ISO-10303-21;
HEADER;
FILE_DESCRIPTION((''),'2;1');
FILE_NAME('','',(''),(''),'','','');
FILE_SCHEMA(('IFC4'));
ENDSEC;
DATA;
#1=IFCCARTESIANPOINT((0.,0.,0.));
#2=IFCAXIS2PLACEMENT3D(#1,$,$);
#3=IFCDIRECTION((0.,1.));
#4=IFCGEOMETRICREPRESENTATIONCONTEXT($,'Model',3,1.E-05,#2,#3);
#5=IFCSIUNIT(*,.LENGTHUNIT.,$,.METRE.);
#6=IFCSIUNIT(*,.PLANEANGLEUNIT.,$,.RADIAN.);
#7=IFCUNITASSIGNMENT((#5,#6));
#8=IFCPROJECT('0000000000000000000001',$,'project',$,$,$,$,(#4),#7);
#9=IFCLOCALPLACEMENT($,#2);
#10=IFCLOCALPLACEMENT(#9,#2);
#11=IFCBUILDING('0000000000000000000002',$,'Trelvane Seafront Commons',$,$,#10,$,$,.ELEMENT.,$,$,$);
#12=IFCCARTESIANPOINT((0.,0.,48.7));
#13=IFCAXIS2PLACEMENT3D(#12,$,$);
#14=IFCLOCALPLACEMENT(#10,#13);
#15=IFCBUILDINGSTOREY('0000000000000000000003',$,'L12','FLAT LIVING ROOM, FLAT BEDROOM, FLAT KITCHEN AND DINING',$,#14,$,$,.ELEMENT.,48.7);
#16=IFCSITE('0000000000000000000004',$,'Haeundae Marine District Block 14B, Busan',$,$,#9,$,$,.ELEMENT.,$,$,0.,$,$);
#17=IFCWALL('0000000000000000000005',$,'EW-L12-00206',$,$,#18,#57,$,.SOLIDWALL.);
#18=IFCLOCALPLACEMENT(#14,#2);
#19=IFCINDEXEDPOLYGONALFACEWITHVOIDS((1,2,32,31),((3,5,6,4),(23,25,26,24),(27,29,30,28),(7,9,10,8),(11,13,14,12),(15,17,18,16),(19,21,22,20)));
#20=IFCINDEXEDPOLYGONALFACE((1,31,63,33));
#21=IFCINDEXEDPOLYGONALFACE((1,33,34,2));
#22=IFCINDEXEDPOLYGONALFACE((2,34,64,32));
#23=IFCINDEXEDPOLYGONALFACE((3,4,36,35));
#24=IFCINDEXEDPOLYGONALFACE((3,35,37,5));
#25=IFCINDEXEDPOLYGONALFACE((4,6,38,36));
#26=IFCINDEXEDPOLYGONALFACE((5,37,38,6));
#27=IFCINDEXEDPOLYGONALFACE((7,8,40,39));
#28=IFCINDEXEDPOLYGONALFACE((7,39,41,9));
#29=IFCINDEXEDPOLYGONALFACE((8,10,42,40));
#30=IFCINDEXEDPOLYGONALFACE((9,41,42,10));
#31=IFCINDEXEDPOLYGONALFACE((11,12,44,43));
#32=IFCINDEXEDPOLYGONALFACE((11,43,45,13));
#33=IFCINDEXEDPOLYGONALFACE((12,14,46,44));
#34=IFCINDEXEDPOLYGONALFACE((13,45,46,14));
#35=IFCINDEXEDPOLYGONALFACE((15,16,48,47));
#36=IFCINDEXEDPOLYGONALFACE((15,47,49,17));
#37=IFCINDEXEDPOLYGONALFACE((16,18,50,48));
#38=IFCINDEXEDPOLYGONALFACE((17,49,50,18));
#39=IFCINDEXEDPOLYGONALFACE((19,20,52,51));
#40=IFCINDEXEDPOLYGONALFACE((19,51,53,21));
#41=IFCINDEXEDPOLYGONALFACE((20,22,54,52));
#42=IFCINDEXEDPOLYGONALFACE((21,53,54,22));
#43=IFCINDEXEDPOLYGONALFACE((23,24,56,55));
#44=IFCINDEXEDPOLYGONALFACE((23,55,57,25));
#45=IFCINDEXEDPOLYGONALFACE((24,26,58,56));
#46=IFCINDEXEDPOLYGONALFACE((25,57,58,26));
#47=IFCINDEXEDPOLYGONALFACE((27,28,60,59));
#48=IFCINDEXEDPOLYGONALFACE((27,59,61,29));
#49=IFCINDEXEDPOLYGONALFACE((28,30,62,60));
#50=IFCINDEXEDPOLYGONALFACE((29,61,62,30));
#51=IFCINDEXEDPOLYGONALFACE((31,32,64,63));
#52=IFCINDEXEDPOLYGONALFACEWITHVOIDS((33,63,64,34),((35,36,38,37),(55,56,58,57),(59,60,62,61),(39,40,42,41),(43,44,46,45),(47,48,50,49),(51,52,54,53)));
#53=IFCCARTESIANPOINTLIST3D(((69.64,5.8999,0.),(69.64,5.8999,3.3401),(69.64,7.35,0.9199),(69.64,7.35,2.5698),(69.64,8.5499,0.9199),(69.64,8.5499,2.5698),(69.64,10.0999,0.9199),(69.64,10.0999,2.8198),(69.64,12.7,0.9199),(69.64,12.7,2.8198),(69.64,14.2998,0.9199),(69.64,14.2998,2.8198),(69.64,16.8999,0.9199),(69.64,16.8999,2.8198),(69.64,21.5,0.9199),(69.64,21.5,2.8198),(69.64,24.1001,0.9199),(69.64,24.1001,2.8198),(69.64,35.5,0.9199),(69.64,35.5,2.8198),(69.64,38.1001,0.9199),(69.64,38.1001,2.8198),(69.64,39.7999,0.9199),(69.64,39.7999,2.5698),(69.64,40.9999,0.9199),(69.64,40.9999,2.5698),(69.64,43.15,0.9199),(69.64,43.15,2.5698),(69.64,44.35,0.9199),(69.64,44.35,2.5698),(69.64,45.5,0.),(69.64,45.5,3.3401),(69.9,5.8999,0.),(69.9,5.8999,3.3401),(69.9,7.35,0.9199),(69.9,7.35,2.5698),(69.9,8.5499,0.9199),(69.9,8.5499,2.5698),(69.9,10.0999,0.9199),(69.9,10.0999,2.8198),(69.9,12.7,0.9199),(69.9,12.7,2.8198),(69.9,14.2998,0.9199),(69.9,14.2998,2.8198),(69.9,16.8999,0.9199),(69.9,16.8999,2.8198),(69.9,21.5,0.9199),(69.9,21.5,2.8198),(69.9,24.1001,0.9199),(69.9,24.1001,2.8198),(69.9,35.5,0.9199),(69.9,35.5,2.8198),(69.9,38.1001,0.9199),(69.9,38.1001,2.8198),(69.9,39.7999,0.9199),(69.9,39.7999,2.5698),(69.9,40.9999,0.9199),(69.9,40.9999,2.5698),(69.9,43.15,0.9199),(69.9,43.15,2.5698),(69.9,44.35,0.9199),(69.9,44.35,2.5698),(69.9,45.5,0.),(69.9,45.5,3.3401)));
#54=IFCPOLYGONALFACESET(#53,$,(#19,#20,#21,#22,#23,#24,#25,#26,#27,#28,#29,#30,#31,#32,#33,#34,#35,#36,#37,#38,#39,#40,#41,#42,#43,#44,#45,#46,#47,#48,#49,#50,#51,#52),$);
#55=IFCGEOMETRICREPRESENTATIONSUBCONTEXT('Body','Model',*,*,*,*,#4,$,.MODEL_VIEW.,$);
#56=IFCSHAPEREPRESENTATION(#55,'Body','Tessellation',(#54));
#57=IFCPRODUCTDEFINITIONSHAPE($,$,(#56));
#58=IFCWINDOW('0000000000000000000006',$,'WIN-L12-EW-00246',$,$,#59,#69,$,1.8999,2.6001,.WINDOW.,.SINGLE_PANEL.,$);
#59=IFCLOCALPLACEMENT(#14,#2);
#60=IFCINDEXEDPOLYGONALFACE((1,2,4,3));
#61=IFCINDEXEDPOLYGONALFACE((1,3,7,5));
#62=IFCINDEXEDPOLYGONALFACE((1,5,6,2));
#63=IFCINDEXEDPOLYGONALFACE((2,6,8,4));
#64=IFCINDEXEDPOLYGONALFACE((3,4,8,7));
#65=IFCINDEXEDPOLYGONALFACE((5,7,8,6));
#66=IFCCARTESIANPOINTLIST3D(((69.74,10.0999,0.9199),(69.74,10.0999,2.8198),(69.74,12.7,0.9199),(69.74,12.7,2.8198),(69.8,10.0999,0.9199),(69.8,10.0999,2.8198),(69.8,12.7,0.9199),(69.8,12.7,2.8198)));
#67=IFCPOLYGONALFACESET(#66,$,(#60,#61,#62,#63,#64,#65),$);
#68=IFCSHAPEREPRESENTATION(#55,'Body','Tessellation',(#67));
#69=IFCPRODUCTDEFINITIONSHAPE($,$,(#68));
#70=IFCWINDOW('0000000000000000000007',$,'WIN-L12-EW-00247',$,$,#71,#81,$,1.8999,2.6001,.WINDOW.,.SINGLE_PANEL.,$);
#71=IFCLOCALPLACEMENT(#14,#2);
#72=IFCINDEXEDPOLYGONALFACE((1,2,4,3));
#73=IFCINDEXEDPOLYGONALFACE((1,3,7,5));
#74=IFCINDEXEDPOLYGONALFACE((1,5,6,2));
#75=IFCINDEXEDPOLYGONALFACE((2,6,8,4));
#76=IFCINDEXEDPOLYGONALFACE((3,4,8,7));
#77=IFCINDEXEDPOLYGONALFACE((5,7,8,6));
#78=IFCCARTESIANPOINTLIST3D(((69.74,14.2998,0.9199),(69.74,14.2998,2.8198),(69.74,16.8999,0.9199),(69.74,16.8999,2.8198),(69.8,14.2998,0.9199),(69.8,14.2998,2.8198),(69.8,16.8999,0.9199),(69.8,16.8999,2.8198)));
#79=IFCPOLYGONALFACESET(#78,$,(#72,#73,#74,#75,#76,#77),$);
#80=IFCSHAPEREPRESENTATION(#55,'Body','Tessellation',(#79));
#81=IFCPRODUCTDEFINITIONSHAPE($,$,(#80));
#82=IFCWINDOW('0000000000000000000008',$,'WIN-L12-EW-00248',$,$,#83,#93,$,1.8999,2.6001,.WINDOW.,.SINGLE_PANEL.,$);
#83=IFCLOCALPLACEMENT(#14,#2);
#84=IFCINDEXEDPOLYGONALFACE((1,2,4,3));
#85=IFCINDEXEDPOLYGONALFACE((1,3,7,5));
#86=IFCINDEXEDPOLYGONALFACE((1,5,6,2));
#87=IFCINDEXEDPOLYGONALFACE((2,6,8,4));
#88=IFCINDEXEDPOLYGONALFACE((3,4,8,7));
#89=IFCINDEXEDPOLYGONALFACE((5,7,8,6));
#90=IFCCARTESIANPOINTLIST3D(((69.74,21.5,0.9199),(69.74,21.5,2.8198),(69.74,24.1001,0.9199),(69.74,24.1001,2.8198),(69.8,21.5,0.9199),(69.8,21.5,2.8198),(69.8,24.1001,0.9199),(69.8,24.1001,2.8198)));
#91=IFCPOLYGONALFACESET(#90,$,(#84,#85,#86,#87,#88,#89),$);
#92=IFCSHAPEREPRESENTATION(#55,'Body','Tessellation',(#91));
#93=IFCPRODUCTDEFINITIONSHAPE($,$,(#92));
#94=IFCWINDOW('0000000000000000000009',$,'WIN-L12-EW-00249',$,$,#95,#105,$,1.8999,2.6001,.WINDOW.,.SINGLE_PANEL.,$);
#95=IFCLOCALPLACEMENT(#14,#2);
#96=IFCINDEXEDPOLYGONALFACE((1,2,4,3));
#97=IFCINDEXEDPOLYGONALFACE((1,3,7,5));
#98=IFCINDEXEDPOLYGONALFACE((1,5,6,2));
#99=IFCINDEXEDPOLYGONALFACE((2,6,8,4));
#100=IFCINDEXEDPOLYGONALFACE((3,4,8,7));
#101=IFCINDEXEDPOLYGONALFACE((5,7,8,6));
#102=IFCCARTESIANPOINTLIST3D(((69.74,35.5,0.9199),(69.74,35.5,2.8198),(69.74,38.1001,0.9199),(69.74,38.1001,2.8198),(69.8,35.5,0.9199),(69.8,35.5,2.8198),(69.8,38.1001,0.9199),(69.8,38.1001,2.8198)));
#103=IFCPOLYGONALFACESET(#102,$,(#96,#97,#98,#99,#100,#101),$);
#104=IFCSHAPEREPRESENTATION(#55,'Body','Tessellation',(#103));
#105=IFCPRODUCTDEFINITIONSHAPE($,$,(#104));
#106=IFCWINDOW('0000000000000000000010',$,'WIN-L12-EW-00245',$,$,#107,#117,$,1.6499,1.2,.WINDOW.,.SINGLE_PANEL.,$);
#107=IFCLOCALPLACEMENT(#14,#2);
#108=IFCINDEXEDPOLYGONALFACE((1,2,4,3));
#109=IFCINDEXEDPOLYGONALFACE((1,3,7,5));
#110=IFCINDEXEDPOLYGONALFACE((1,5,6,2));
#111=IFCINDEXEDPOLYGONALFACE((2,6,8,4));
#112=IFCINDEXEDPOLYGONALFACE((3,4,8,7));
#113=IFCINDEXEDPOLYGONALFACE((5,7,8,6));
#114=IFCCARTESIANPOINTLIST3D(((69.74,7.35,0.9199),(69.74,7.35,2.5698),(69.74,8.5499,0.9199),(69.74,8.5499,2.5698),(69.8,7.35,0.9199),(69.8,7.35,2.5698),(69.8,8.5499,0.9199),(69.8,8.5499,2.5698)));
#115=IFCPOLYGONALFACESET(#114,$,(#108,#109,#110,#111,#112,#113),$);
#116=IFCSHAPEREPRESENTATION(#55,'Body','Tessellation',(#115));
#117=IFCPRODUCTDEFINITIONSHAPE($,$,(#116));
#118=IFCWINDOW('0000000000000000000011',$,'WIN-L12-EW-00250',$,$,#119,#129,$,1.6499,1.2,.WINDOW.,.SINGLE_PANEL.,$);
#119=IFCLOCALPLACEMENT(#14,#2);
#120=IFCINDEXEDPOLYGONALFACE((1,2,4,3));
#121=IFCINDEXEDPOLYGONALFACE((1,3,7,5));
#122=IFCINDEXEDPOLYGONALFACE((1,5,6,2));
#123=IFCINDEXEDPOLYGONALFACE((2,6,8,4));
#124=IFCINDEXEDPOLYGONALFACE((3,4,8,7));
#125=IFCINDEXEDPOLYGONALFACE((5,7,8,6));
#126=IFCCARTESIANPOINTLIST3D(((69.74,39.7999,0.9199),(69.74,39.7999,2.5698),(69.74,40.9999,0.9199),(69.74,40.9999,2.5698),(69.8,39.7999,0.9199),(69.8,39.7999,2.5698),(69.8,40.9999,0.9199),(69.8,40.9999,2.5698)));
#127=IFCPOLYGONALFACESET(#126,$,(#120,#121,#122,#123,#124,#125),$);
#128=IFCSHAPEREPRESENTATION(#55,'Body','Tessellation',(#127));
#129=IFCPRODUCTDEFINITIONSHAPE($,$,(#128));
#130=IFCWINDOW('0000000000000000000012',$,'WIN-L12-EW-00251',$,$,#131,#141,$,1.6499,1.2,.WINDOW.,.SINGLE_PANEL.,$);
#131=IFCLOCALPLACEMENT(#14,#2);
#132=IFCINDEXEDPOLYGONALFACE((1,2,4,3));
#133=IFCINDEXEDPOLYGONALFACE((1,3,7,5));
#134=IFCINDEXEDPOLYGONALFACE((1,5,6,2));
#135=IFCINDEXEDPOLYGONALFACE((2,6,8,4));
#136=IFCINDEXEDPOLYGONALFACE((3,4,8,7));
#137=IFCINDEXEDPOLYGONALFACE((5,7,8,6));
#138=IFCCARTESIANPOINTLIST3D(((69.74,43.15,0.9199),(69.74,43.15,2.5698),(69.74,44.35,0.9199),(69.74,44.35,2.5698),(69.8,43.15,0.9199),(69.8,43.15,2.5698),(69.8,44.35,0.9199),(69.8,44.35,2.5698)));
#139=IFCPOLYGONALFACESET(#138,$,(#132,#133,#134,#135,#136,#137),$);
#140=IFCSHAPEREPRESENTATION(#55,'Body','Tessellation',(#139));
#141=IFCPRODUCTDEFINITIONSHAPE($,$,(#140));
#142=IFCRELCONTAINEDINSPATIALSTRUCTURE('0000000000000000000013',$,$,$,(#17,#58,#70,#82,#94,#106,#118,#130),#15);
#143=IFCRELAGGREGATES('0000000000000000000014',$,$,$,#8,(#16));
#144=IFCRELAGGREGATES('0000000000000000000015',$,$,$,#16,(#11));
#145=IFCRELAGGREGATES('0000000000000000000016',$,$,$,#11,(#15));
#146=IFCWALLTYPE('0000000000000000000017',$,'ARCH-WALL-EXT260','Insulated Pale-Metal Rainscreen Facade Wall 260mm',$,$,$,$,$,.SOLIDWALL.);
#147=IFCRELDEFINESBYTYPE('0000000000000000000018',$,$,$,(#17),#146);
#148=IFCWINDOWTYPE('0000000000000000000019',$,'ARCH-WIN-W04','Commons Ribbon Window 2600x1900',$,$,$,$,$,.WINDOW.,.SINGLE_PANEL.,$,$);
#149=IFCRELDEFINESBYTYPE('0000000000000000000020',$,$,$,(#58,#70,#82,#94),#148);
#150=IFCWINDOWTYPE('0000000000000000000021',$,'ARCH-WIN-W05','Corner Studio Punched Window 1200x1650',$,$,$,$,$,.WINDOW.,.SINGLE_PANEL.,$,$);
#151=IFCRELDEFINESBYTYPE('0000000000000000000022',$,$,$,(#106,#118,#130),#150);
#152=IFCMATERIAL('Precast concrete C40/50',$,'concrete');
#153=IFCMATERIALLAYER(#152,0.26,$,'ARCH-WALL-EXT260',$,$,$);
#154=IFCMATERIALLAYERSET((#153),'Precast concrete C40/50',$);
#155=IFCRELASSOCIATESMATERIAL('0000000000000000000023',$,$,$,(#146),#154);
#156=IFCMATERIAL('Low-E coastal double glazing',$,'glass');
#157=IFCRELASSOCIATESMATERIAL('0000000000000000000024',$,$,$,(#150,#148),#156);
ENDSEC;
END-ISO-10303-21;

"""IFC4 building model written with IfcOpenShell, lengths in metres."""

from ifc_helpers import new_model, si_unit, direction, frame, frame_2d, origin, place, context, subcontext, project, spatial, rectangle, extrude, source, transform, mapped, material, layer, layer_set, type_object, element, fill, save


model = new_model("IFC4")

# Units and contexts
model_context = context("Model", 3, precision=1e-05, world=origin(), true_north=direction((0.0, 1.0)))
body_context = subcontext(model_context, "Body", "Model", "MODEL_VIEW")
ifc_project = project(units=[si_unit("LENGTHUNIT", "METRE"), si_unit("PLANEANGLEUNIT", "RADIAN")], contexts=[model_context])

# Site, building, storey
site_placement = place(None, origin())
site = spatial("IfcSite", under=ifc_project, at=site_placement, Name="Haeundae Marine District Block 14B, Busan", CompositionType="ELEMENT", RefElevation=0.0)
building_placement = place(site_placement, origin())
building = spatial("IfcBuilding", under=site, at=building_placement, Name="Trelvane Seafront Commons", CompositionType="ELEMENT")
storey_placement = place(building_placement, frame((0.0, 0.0, 48.7)))
storey = spatial("IfcBuildingStorey", under=building, at=storey_placement, Name="L12", Description="FLAT LIVING ROOM, FLAT BEDROOM, FLAT KITCHEN AND DINING", CompositionType="ELEMENT", Elevation=48.7)

# Shared definitions
ifc_material_1 = material(Name="Low-E coastal double glazing", Category="glass")

# Shared definitions
ifc_material_2 = material(Name="Precast concrete C40/50", Category="concrete")
ifc_layer_1 = layer(ifc_material_2, 0.26, Name="ARCH-WALL-EXT260")
ifc_layer_set_1 = layer_set([ifc_layer_1], Name="Precast concrete C40/50")
wall_type = type_object("IfcWallType", Name="ARCH-WALL-EXT260", Description="Insulated Pale-Metal Rainscreen Facade Wall 260mm", PredefinedType="SOLIDWALL", material=ifc_layer_set_1)
window_type_1 = type_object("IfcWindowType", Name="ARCH-WIN-W05", Description="Corner Studio Punched Window 1200x1650", PartitioningType="SINGLE_PANEL", PredefinedType="WINDOW", material=ifc_material_1)
shared_shape_1 = source(origin(), body_context, "Body", "SweptSolid", [
    extrude(rectangle(XDim=1.2, YDim=1.6499, at=frame_2d((0.6001, 0.825))), frame((0.0, 0.03, 0.0), z_axis=(0.0, -1.0, 0.0), x_axis=(1.0, 0.0, 0.0)), (0.0, 0.0, 1.0), 0.0601),
])

# Wall, openings, windows
wall_1_placement = place(storey_placement, frame((69.77, 45.5, 0.0), z_axis=(0.0, 0.0, 1.0), x_axis=(0.0, -1.0, 0.0)))
wall_1 = element("IfcWall", 1, at=wall_1_placement, inside=storey, type_object=wall_type, Name="EW-L12-00206", PredefinedType="SOLIDWALL", context=body_context, shape_type="SweptSolid", body=[
    extrude(rectangle(XDim=39.6001, YDim=0.26, at=frame_2d((19.8, 0.0))), origin(), (0.0, 0.0, 1.0), 3.3401),
])
opening_1_placement = place(wall_1_placement, frame((36.95, 0.0, 0.9199)))
opening_1 = element("IfcOpeningElement", 2, at=opening_1_placement, cuts=wall_1, PredefinedType="OPENING", context=body_context, shape_type="SweptSolid", body=[
    extrude(rectangle(XDim=1.2, YDim=1.6499, at=frame_2d((0.6001, 0.825))), frame((0.0, 0.1399, 0.0), z_axis=(0.0, -1.0, 0.0), x_axis=(1.0, 0.0, 0.0)), (0.0, 0.0, 1.0), 0.28),
])
opening_2_placement = place(wall_1_placement, frame((32.8, 0.0, 0.9199)))
opening_2 = element("IfcOpeningElement", 3, at=opening_2_placement, cuts=wall_1, PredefinedType="OPENING", context=body_context, shape_type="SweptSolid", body=[
    extrude(rectangle(XDim=2.6001, YDim=1.8999, at=frame_2d((1.3, 0.95))), frame((0.0, 0.1399, 0.0), z_axis=(0.0, -1.0, 0.0), x_axis=(1.0, 0.0, 0.0)), (0.0, 0.0, 1.0), 0.28),
])
opening_3_placement = place(wall_1_placement, frame((28.6001, 0.0, 0.9199)))
opening_3 = element("IfcOpeningElement", 4, at=opening_3_placement, cuts=wall_1, PredefinedType="OPENING", context=body_context, shape_type="SweptSolid", body=[
    extrude(rectangle(XDim=2.6001, YDim=1.8999, at=frame_2d((1.3, 0.95))), frame((0.0, 0.1399, 0.0), z_axis=(0.0, -1.0, 0.0), x_axis=(1.0, 0.0, 0.0)), (0.0, 0.0, 1.0), 0.28),
])
opening_4_placement = place(wall_1_placement, frame((21.3999, 0.0, 0.9199)))
opening_4 = element("IfcOpeningElement", 5, at=opening_4_placement, cuts=wall_1, PredefinedType="OPENING", context=body_context, shape_type="SweptSolid", body=[
    extrude(rectangle(XDim=2.6001, YDim=1.8999, at=frame_2d((1.3, 0.95))), frame((0.0, 0.1399, 0.0), z_axis=(0.0, -1.0, 0.0), x_axis=(1.0, 0.0, 0.0)), (0.0, 0.0, 1.0), 0.28),
])
opening_5_placement = place(wall_1_placement, frame((7.3999, 0.0, 0.9199)))
opening_5 = element("IfcOpeningElement", 6, at=opening_5_placement, cuts=wall_1, PredefinedType="OPENING", context=body_context, shape_type="SweptSolid", body=[
    extrude(rectangle(XDim=2.6001, YDim=1.8999, at=frame_2d((1.3, 0.95))), frame((0.0, 0.1399, 0.0), z_axis=(0.0, -1.0, 0.0), x_axis=(1.0, 0.0, 0.0)), (0.0, 0.0, 1.0), 0.28),
])
opening_6_placement = place(wall_1_placement, frame((4.5, 0.0, 0.9199)))
opening_6 = element("IfcOpeningElement", 7, at=opening_6_placement, cuts=wall_1, PredefinedType="OPENING", context=body_context, shape_type="SweptSolid", body=[
    extrude(rectangle(XDim=1.2, YDim=1.6499, at=frame_2d((0.6001, 0.825))), frame((0.0, 0.1399, 0.0), z_axis=(0.0, -1.0, 0.0), x_axis=(1.0, 0.0, 0.0)), (0.0, 0.0, 1.0), 0.28),
])
opening_7_placement = place(wall_1_placement, frame((1.1499, 0.0, 0.9199)))
opening_7 = element("IfcOpeningElement", 8, at=opening_7_placement, cuts=wall_1, PredefinedType="OPENING", context=body_context, shape_type="SweptSolid", body=[
    extrude(rectangle(XDim=1.2, YDim=1.6499, at=frame_2d((0.6001, 0.825))), frame((0.0, 0.1399, 0.0), z_axis=(0.0, -1.0, 0.0), x_axis=(1.0, 0.0, 0.0)), (0.0, 0.0, 1.0), 0.28),
])
window_type_2 = type_object("IfcWindowType", Name="ARCH-WIN-W04", Description="Commons Ribbon Window 2600x1900", PartitioningType="SINGLE_PANEL", PredefinedType="WINDOW", material=ifc_material_1)
shared_shape_2 = source(origin(), body_context, "Body", "SweptSolid", [
    extrude(rectangle(XDim=2.6001, YDim=1.8999, at=frame_2d((1.3, 0.95))), frame((0.0, 0.03, 0.0), z_axis=(0.0, -1.0, 0.0), x_axis=(1.0, 0.0, 0.0)), (0.0, 0.0, 1.0), 0.0601),
])
window_1_placement = place(opening_2_placement, origin())
window_1 = element("IfcWindow", 9, at=window_1_placement, inside=storey, type_object=window_type_2, Name="WIN-L12-EW-00246", OverallHeight=1.8999, OverallWidth=2.6001, PartitioningType="SINGLE_PANEL", PredefinedType="WINDOW", context=body_context, shape_type="MappedRepresentation", body=[
    mapped(shared_shape_2, transform((0.0, 0.0, 0.0), x_axis=(1.0, 0.0, 0.0), y_axis=(0.0, 1.0, 0.0), z_axis=(0.0, 0.0, 1.0), scale=1.0)),
])
fill(opening_2, window_1)
window_2_placement = place(opening_3_placement, origin())
window_2 = element("IfcWindow", 10, at=window_2_placement, inside=storey, type_object=window_type_2, Name="WIN-L12-EW-00247", OverallHeight=1.8999, OverallWidth=2.6001, PartitioningType="SINGLE_PANEL", PredefinedType="WINDOW", context=body_context, shape_type="MappedRepresentation", body=[
    mapped(shared_shape_2, transform((0.0, 0.0, 0.0), x_axis=(1.0, 0.0, 0.0), y_axis=(0.0, 1.0, 0.0), z_axis=(0.0, 0.0, 1.0), scale=1.0)),
])
fill(opening_3, window_2)
window_3_placement = place(opening_4_placement, origin())
window_3 = element("IfcWindow", 11, at=window_3_placement, inside=storey, type_object=window_type_2, Name="WIN-L12-EW-00248", OverallHeight=1.8999, OverallWidth=2.6001, PartitioningType="SINGLE_PANEL", PredefinedType="WINDOW", context=body_context, shape_type="MappedRepresentation", body=[
    mapped(shared_shape_2, transform((0.0, 0.0, 0.0), x_axis=(1.0, 0.0, 0.0), y_axis=(0.0, 1.0, 0.0), z_axis=(0.0, 0.0, 1.0), scale=1.0)),
])
fill(opening_4, window_3)
window_4_placement = place(opening_5_placement, origin())
window_4 = element("IfcWindow", 12, at=window_4_placement, inside=storey, type_object=window_type_2, Name="WIN-L12-EW-00249", OverallHeight=1.8999, OverallWidth=2.6001, PartitioningType="SINGLE_PANEL", PredefinedType="WINDOW", context=body_context, shape_type="MappedRepresentation", body=[
    mapped(shared_shape_2, transform((0.0, 0.0, 0.0), x_axis=(1.0, 0.0, 0.0), y_axis=(0.0, 1.0, 0.0), z_axis=(0.0, 0.0, 1.0), scale=1.0)),
])
fill(opening_5, window_4)
window_5_placement = place(opening_1_placement, origin())
window_5 = element("IfcWindow", 13, at=window_5_placement, inside=storey, type_object=window_type_1, Name="WIN-L12-EW-00245", OverallHeight=1.6499, OverallWidth=1.2, PartitioningType="SINGLE_PANEL", PredefinedType="WINDOW", context=body_context, shape_type="MappedRepresentation", body=[
    mapped(shared_shape_1, transform((0.0, 0.0, 0.0), x_axis=(1.0, 0.0, 0.0), y_axis=(0.0, 1.0, 0.0), z_axis=(0.0, 0.0, 1.0), scale=1.0)),
])
fill(opening_1, window_5)
window_6_placement = place(opening_6_placement, origin())
window_6 = element("IfcWindow", 14, at=window_6_placement, inside=storey, type_object=window_type_1, Name="WIN-L12-EW-00250", OverallHeight=1.6499, OverallWidth=1.2, PartitioningType="SINGLE_PANEL", PredefinedType="WINDOW", context=body_context, shape_type="MappedRepresentation", body=[
    mapped(shared_shape_1, transform((0.0, 0.0, 0.0), x_axis=(1.0, 0.0, 0.0), y_axis=(0.0, 1.0, 0.0), z_axis=(0.0, 0.0, 1.0), scale=1.0)),
])
fill(opening_6, window_6)
window_7_placement = place(opening_7_placement, origin())
window_7 = element("IfcWindow", 15, at=window_7_placement, inside=storey, type_object=window_type_1, Name="WIN-L12-EW-00251", OverallHeight=1.6499, OverallWidth=1.2, PartitioningType="SINGLE_PANEL", PredefinedType="WINDOW", context=body_context, shape_type="MappedRepresentation", body=[
    mapped(shared_shape_1, transform((0.0, 0.0, 0.0), x_axis=(1.0, 0.0, 0.0), y_axis=(0.0, 1.0, 0.0), z_axis=(0.0, 0.0, 1.0), scale=1.0)),
])
fill(opening_7, window_7)

save(model, "model.ifc")
